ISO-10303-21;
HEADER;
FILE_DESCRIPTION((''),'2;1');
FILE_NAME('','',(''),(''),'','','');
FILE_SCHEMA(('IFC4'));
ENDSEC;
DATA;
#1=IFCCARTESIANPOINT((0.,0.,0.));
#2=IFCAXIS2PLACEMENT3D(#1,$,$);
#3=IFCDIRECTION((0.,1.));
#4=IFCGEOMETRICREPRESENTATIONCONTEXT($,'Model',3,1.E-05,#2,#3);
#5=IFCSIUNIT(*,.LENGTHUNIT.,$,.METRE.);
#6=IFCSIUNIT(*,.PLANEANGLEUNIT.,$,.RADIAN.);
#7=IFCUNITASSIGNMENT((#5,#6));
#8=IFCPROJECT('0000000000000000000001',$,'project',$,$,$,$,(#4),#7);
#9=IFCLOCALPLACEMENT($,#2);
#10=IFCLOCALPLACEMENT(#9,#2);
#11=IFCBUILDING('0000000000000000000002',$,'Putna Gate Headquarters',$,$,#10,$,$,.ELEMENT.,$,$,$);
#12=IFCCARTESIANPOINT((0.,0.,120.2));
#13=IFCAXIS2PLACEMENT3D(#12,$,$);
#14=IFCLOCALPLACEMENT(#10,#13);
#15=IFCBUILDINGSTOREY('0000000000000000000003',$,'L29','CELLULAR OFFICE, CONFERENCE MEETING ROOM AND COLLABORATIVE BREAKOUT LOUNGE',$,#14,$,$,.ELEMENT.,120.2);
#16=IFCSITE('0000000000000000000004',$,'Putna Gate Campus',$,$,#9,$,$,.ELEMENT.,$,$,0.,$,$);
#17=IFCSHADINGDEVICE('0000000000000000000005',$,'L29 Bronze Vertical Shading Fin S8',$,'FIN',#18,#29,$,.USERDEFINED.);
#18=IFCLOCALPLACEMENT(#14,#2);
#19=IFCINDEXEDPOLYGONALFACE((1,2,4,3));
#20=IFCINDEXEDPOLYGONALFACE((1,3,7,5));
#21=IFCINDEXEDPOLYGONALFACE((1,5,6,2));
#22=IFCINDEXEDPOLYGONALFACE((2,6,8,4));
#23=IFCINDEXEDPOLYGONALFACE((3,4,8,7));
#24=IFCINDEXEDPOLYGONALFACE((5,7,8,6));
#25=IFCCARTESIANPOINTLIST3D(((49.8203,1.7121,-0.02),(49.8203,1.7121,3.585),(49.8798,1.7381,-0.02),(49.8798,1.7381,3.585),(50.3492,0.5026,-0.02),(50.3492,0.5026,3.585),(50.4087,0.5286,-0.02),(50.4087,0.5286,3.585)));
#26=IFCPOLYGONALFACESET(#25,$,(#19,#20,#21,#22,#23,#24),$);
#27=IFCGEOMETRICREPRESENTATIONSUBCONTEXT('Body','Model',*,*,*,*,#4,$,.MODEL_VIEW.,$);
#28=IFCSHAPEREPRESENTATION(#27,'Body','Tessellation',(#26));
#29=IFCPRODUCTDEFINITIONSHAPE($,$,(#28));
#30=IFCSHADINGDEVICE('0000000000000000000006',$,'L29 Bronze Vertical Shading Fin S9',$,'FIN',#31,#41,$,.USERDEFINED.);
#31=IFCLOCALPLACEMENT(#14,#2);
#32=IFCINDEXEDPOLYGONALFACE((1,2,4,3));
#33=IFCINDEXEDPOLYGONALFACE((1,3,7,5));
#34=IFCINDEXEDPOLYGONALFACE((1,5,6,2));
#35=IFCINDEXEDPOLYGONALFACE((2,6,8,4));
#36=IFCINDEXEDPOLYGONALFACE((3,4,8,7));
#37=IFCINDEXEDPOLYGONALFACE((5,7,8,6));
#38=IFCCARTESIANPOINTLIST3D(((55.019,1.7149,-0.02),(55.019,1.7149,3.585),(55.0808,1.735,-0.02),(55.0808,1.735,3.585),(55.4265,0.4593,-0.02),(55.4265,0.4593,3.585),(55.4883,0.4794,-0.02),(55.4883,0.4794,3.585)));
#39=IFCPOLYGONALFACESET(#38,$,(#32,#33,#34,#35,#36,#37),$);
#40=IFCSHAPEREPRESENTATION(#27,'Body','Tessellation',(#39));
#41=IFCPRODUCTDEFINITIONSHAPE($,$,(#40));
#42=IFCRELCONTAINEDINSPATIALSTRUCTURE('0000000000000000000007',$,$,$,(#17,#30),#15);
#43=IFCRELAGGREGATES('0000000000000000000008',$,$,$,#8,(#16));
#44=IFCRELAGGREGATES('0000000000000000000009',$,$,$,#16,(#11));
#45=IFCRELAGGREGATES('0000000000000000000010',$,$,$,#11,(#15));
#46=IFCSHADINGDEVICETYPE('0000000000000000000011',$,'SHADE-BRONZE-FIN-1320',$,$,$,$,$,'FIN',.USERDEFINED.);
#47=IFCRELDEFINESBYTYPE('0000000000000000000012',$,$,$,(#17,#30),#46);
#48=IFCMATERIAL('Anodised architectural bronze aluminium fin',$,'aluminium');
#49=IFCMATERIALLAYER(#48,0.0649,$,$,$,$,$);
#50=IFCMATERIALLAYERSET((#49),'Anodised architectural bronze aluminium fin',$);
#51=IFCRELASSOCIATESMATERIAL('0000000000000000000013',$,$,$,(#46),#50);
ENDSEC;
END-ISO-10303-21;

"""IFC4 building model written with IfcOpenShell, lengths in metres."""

from ifc_helpers import new_model, si_unit, direction, frame, origin, origin_2d, place, context, subcontext, project, spatial, rectangle, extrude, material, layer, layer_set, type_object, element, save


model = new_model("IFC4")

# Units and contexts
model_context = context("Model", 3, precision=1e-05, world=origin(), true_north=direction((0.0, 1.0)))
body_context = subcontext(model_context, "Body", "Model", "MODEL_VIEW")
ifc_project = project(units=[si_unit("LENGTHUNIT", "METRE"), si_unit("PLANEANGLEUNIT", "RADIAN")], contexts=[model_context])

# Site, building, storey
site_placement = place(None, origin())
site = spatial("IfcSite", under=ifc_project, at=site_placement, Name="Putna Gate Campus", CompositionType="ELEMENT", RefElevation=0.0)
building_placement = place(site_placement, origin())
building = spatial("IfcBuilding", under=site, at=building_placement, Name="Putna Gate Headquarters", CompositionType="ELEMENT")
storey_placement = place(building_placement, frame((0.0, 0.0, 120.2)))
storey = spatial("IfcBuildingStorey", under=building, at=storey_placement, Name="L29", Description="CELLULAR OFFICE, CONFERENCE MEETING ROOM AND COLLABORATIVE BREAKOUT LOUNGE", CompositionType="ELEMENT", Elevation=120.2)

# Shading devices
ifc_material_1 = material(Name="Anodised architectural bronze aluminium fin", Category="aluminium")
ifc_layer_1 = layer(ifc_material_1, 0.0649)
ifc_layer_set_1 = layer_set([ifc_layer_1], Name="Anodised architectural bronze aluminium fin")
shading_device_type = type_object("IfcShadingDeviceType", Name="SHADE-BRONZE-FIN-1320", ElementType="FIN", PredefinedType="USERDEFINED", material=ifc_layer_set_1)
for number, where, z_axis, x_axis, name in (
    (1, (50.1145, 1.1204, -0.02), (0.0, 0.0, 1.0), (0.400669, -0.916223, 0.0), "L29 Bronze Vertical Shading Fin S8"),
    (2, (55.2537, 1.0972, -0.02), (0.0, 0.0, 1.0), (0.308685, -0.951164, 0.0), "L29 Bronze Vertical Shading Fin S9"),
):
    element("IfcShadingDevice", number, at=place(storey_placement, frame(where, z_axis=z_axis, x_axis=x_axis)), inside=storey, type_object=shading_device_type, Name=name, ObjectType="FIN", PredefinedType="USERDEFINED", context=body_context, shape_type="SweptSolid", body=[
        extrude(rectangle(XDim=1.3201, YDim=0.0649, at=origin_2d()), origin(), (0.0, 0.0, 1.0), 3.605),
    ])

save(model, "model.ifc")
